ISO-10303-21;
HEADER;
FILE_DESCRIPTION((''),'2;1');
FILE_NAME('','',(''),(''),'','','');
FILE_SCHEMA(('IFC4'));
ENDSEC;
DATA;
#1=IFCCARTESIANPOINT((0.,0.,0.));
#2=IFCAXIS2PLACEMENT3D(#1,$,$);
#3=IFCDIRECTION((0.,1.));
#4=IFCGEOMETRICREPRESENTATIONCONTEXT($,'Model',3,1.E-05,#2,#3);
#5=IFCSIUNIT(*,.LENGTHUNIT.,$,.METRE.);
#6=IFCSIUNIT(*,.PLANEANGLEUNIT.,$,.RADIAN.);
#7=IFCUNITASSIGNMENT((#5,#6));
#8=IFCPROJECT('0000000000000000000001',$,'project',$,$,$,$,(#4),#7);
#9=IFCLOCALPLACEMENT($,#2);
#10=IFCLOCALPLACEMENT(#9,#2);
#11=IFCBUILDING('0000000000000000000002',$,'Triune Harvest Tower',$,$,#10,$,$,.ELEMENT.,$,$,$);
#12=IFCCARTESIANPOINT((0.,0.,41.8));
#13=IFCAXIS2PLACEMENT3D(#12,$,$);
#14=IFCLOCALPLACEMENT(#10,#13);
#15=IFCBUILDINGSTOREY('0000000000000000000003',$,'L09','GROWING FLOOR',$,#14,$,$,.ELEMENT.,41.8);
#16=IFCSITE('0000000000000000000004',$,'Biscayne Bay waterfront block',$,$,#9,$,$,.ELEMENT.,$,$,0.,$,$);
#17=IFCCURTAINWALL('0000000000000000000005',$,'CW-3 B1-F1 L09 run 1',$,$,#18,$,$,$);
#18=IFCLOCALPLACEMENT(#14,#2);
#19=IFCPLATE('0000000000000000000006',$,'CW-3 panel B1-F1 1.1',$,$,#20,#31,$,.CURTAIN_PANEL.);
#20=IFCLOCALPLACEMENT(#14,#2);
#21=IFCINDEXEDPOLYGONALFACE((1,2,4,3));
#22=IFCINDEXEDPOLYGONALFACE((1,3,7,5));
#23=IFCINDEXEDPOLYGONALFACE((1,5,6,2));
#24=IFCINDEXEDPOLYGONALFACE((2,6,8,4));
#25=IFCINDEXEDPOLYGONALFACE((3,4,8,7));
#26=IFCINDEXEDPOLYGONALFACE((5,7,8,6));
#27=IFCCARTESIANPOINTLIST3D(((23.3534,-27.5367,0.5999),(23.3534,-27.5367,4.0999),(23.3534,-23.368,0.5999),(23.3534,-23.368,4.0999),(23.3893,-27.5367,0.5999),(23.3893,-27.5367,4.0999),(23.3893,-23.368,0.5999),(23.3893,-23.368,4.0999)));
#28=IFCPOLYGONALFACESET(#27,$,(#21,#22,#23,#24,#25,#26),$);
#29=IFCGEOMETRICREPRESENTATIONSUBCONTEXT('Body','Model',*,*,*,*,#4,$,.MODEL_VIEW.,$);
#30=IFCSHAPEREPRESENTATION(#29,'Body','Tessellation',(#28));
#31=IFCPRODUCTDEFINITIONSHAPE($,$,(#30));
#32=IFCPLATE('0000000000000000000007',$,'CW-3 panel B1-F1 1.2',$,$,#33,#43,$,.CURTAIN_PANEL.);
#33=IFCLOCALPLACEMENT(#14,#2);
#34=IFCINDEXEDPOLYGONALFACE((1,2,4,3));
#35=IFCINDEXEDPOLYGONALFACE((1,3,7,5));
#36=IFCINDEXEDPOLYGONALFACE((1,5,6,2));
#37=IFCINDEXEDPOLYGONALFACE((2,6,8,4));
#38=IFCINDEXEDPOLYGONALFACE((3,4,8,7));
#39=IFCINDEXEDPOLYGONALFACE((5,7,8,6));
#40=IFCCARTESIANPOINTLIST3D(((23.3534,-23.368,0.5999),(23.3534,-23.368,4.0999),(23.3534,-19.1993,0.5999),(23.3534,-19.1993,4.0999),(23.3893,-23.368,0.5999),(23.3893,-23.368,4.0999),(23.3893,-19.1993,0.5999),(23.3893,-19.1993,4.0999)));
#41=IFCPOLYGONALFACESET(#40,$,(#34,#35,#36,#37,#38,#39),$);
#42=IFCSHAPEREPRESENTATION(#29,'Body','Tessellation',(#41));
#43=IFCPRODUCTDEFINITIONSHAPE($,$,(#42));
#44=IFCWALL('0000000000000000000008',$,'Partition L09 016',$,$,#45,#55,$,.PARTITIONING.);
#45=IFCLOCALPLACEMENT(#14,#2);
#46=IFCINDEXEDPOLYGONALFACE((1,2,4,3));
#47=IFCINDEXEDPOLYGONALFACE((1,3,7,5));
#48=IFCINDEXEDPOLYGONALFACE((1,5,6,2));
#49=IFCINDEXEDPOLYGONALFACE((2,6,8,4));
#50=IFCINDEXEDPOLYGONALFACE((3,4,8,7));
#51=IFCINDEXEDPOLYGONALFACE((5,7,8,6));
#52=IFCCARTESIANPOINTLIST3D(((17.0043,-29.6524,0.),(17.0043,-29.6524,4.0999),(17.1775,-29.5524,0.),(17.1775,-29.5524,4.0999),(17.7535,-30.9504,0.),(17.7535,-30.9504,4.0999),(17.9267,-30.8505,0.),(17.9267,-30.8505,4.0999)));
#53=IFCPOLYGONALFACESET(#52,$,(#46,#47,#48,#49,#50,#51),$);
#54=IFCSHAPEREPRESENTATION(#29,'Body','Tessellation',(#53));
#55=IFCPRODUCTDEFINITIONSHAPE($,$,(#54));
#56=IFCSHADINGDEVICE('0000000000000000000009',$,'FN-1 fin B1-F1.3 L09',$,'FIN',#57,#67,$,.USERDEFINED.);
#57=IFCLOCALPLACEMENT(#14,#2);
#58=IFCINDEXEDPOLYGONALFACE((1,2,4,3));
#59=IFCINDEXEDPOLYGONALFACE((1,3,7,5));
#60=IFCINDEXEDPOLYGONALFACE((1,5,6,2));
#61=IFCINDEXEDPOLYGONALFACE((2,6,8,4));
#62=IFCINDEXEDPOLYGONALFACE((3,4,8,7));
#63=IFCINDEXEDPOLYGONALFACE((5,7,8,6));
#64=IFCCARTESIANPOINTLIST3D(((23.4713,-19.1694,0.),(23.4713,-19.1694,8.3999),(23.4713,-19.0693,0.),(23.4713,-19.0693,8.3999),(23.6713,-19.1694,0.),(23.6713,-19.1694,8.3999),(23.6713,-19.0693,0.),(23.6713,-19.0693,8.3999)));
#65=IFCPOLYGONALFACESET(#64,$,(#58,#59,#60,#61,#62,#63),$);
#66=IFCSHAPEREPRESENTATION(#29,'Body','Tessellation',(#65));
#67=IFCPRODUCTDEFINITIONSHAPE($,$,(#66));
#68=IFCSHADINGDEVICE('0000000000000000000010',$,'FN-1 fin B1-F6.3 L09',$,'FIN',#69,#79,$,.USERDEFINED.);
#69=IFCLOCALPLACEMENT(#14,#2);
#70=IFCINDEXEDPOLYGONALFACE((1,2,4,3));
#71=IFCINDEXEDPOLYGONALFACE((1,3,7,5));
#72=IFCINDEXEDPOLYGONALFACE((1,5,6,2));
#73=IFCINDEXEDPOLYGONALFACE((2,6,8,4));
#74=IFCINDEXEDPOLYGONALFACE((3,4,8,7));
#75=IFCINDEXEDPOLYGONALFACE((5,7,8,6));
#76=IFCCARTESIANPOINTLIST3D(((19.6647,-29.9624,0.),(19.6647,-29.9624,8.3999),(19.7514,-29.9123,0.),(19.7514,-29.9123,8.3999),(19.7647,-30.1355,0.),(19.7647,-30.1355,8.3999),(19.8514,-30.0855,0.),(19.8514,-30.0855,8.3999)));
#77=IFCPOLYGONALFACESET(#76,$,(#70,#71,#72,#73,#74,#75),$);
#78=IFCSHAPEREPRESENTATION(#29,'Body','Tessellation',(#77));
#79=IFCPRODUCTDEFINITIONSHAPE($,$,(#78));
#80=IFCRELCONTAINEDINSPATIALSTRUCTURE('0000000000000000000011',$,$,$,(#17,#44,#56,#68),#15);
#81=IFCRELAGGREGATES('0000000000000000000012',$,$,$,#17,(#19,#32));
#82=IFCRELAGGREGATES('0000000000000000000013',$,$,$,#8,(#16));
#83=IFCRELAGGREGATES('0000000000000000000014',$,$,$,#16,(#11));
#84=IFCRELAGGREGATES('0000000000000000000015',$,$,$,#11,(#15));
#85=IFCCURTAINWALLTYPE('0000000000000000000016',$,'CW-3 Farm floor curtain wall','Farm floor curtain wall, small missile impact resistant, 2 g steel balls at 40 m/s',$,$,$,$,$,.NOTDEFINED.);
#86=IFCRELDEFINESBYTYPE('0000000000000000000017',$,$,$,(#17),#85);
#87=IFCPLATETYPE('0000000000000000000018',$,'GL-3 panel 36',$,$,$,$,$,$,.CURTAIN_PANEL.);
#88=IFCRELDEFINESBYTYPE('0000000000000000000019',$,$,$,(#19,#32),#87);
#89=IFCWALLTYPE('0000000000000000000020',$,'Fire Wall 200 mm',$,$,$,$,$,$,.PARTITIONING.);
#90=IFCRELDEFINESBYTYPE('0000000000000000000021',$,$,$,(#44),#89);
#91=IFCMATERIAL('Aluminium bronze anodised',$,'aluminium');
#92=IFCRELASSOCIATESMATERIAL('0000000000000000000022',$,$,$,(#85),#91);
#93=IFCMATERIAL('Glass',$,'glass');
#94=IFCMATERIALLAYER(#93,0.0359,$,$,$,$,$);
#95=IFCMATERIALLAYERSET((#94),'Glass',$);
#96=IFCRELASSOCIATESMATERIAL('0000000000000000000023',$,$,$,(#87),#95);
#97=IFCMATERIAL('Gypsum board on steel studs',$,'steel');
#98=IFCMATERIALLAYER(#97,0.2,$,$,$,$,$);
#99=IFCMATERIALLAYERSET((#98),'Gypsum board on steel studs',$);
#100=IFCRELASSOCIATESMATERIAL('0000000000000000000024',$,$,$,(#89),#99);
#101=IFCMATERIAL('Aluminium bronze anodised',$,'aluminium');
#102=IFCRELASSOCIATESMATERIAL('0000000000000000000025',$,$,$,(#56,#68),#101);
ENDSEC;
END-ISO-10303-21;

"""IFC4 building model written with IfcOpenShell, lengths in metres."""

from ifc_helpers import new_model, si_unit, direction, frame, frame_2d, origin, origin_2d, place, context, subcontext, project, spatial, rectangle, extrude, source, transform, mapped, material, layer, layer_set, type_object, element, aggregate, save


model = new_model("IFC4")

# Units and contexts
model_context = context("Model", 3, precision=1e-05, world=origin(), true_north=direction((0.0, 1.0)))
body_context = subcontext(model_context, "Body", "Model", "MODEL_VIEW")
ifc_project = project(units=[si_unit("LENGTHUNIT", "METRE"), si_unit("PLANEANGLEUNIT", "RADIAN")], contexts=[model_context])

# Site, building, storey
site_placement = place(None, origin())
site = spatial("IfcSite", under=ifc_project, at=site_placement, Name="Biscayne Bay waterfront block", CompositionType="ELEMENT", RefElevation=0.0)
building_placement = place(site_placement, origin())
building = spatial("IfcBuilding", under=site, at=building_placement, Name="Triune Harvest Tower", CompositionType="ELEMENT")
storey_placement = place(building_placement, frame((0.0, 0.0, 41.8)))
storey = spatial("IfcBuildingStorey", under=building, at=storey_placement, Name="L09", Description="GROWING FLOOR", CompositionType="ELEMENT", Elevation=41.8)

# Shared definitions
ifc_material_1 = material(Name="Aluminium bronze anodised", Category="aluminium")
curtain_wall_type_1 = type_object("IfcCurtainWallType", Name="CW-3 Farm floor curtain wall", Description="Farm floor curtain wall, small missile impact resistant, 2 g steel balls at 40 m/s", PredefinedType="NOTDEFINED", material=ifc_material_1)

# Curtain wall
curtain_wall_1_placement = place(storey_placement, origin())
curtain_wall_1 = element("IfcCurtainWall", 1, at=curtain_wall_1_placement, inside=storey, type_object=curtain_wall_type_1, Name="CW-3 B1-F1 L09 run 1")

# Plates
ifc_material_2 = material(Name="Glass", Category="glass")
ifc_layer_1 = layer(ifc_material_2, 0.0359)
ifc_layer_set_1 = layer_set([ifc_layer_1], Name="Glass")
plate_type = type_object("IfcPlateType", Name="GL-3 panel 36", PredefinedType="CURTAIN_PANEL", material=ifc_layer_set_1)
shared_shape_1 = source(origin(), body_context, "Body", "SweptSolid", [
    extrude(rectangle(XDim=4.1687, YDim=0.0359, at=origin_2d()), origin(), (0.0, 0.0, 1.0), 3.5),
])
plate_1_placement = place(storey_placement, frame((23.3713, -25.4524, 0.5999), z_axis=(0.0, 0.0, 1.0), x_axis=(0.0, 1.0, 0.0)))
plate_1 = element("IfcPlate", 2, at=plate_1_placement, type_object=plate_type, Name="CW-3 panel B1-F1 1.1", PredefinedType="CURTAIN_PANEL", context=body_context, shape_type="MappedRepresentation", body=[
    mapped(shared_shape_1, transform((0.0, 0.0, 0.0), scale=1.0)),
])
plate_2_placement = place(storey_placement, frame((23.3713, -21.2837, 0.5999), z_axis=(0.0, 0.0, 1.0), x_axis=(0.0, 1.0, 0.0)))
plate_2 = element("IfcPlate", 3, at=plate_2_placement, type_object=plate_type, Name="CW-3 panel B1-F1 1.2", PredefinedType="CURTAIN_PANEL", context=body_context, shape_type="MappedRepresentation", body=[
    mapped(shared_shape_1, transform((0.0, 0.0, 0.0), scale=1.0)),
])
aggregate(curtain_wall_1, [plate_1, plate_2])

# Wall
ifc_material_3 = material(Name="Gypsum board on steel studs", Category="steel")
ifc_layer_2 = layer(ifc_material_3, 0.2)
ifc_layer_set_2 = layer_set([ifc_layer_2], Name="Gypsum board on steel studs")
wall_type = type_object("IfcWallType", Name="Fire Wall 200 mm", PredefinedType="PARTITIONING", material=ifc_layer_set_2)
shared_shape_2 = source(origin(), body_context, "Body", "SweptSolid", [
    extrude(rectangle(XDim=1.4988, YDim=0.2, at=frame_2d((0.7495, 0.0))), origin(), (0.0, 0.0, 1.0), 4.0999),
])
wall_placement = place(storey_placement, frame((17.0908, -29.6023, 0.0), z_axis=(0.0, 0.0, 1.0), x_axis=(0.499906, -0.86608, 0.0)))
element("IfcWall", 4, at=wall_placement, inside=storey, type_object=wall_type, Name="Partition L09 016", PredefinedType="PARTITIONING", context=body_context, shape_type="MappedRepresentation", body=[
    mapped(shared_shape_2, transform((0.0, 0.0, 0.0), scale=1.0)),
])

# Shading devices
ifc_material_4 = material(Name="Aluminium bronze anodised", Category="aluminium")
shared_shape_3 = source(origin(), body_context, "Body", "SweptSolid", [
    extrude(rectangle(XDim=0.1001, YDim=0.2, at=origin_2d()), origin(), (0.0, 0.0, 1.0), 8.3999),
])
for number, where, z_axis, x_axis, name in (
    (5, (23.5713, -19.1194, 0.0), (0.0, 0.0, 1.0), (0.0, 1.0, 0.0), "FN-1 fin B1-F1.3 L09"),
    (6, (19.7581, -30.0239, 0.0), (0.0, 0.0, 1.0), (0.866026, 0.499999, 0.0), "FN-1 fin B1-F6.3 L09"),
):
    element("IfcShadingDevice", number, at=place(storey_placement, frame(where, z_axis=z_axis, x_axis=x_axis)), inside=storey, material=ifc_material_4, Name=name, ObjectType="FIN", PredefinedType="USERDEFINED", context=body_context, shape_type="MappedRepresentation", body=[
        mapped(shared_shape_3, transform((0.0, 0.0, 0.0), scale=1.0)),
    ])

save(model, "model.ifc")
